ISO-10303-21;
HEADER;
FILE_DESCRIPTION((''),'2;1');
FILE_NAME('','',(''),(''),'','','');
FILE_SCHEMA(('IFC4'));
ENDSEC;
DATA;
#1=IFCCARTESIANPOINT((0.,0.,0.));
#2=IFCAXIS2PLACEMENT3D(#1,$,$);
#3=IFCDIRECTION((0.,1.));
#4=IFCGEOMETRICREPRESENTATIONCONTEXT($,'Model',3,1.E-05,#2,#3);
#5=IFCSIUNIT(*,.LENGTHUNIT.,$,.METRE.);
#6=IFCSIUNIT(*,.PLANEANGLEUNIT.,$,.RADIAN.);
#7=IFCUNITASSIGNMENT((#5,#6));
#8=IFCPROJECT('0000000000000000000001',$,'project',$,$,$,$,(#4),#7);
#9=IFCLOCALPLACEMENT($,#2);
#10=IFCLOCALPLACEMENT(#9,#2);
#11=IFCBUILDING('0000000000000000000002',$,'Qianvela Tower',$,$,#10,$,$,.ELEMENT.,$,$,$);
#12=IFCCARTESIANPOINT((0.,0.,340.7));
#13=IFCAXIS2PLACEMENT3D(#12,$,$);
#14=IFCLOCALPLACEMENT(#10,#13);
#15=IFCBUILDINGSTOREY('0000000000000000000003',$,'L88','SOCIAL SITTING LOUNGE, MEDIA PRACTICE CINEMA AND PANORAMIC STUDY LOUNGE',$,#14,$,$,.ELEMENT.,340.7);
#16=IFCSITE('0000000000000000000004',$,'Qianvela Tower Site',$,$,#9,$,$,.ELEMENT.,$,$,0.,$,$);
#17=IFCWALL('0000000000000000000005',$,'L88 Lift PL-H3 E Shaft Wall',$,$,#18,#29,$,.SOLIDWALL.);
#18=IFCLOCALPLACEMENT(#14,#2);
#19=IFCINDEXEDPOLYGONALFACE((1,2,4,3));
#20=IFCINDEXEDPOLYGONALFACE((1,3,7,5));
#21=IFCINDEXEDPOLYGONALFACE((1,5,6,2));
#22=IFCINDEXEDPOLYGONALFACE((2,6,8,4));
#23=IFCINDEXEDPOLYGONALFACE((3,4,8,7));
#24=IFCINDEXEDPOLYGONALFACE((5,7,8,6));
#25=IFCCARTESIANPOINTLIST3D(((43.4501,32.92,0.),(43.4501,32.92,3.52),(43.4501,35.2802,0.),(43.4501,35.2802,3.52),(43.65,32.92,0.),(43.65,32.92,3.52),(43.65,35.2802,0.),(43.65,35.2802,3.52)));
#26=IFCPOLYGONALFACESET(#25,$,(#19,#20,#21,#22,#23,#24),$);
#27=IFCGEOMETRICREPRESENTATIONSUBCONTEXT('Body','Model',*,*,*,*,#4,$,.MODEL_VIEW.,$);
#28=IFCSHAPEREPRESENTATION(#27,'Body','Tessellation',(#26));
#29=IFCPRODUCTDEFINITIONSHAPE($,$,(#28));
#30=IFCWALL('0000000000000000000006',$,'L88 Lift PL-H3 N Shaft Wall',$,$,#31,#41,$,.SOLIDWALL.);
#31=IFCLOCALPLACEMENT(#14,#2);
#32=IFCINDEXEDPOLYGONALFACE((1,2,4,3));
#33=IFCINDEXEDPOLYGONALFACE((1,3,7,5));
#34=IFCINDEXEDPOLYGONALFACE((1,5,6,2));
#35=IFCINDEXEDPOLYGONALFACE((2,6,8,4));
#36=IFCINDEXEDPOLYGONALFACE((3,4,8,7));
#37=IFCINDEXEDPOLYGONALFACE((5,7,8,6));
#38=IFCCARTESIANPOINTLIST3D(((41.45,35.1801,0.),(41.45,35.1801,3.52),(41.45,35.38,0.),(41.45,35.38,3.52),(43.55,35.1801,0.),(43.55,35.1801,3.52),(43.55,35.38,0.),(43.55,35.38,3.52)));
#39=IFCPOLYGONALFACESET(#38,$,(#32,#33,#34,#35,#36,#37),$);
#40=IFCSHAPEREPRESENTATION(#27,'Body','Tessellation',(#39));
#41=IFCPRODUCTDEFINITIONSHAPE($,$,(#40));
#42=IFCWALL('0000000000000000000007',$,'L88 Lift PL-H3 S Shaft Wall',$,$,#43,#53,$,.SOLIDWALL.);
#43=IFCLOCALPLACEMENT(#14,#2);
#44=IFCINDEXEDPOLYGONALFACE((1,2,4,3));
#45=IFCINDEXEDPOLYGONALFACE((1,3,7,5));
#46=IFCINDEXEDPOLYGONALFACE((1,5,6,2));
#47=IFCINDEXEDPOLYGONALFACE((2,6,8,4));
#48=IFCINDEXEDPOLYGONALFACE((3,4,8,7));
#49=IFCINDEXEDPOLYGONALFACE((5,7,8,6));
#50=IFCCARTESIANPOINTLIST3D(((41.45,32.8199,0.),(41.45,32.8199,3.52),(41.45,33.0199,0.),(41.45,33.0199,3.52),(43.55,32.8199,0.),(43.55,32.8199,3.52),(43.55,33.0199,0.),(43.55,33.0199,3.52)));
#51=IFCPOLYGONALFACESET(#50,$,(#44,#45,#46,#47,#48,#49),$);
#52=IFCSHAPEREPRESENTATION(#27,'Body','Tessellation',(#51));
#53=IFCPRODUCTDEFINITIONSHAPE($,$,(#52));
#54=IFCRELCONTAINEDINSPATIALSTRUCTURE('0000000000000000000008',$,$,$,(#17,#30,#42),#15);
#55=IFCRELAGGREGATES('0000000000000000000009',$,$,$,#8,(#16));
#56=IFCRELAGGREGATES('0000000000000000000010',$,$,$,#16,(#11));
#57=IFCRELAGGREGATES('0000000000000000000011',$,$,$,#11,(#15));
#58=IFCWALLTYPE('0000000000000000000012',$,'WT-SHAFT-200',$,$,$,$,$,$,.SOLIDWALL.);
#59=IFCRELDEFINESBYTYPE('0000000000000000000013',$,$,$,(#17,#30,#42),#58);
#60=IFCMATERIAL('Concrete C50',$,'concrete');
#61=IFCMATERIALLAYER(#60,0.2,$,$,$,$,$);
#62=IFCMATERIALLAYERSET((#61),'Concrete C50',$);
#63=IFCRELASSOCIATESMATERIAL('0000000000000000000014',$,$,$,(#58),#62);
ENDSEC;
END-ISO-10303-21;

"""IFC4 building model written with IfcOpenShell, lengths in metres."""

from ifc_helpers import new_model, si_unit, direction, frame, frame_2d, origin, place, context, subcontext, project, spatial, rectangle, extrude, material, layer, layer_set, type_object, element, save


model = new_model("IFC4")

# Units and contexts
model_context = context("Model", 3, precision=1e-05, world=origin(), true_north=direction((0.0, 1.0)))
body_context = subcontext(model_context, "Body", "Model", "MODEL_VIEW")
ifc_project = project(units=[si_unit("LENGTHUNIT", "METRE"), si_unit("PLANEANGLEUNIT", "RADIAN")], contexts=[model_context])

# Site, building, storey
site_placement = place(None, origin())
site = spatial("IfcSite", under=ifc_project, at=site_placement, Name="Qianvela Tower Site", CompositionType="ELEMENT", RefElevation=0.0)
building_placement = place(site_placement, origin())
building = spatial("IfcBuilding", under=site, at=building_placement, Name="Qianvela Tower", CompositionType="ELEMENT")
storey_placement = place(building_placement, frame((0.0, 0.0, 340.7)))
storey = spatial("IfcBuildingStorey", under=building, at=storey_placement, Name="L88", Description="SOCIAL SITTING LOUNGE, MEDIA PRACTICE CINEMA AND PANORAMIC STUDY LOUNGE", CompositionType="ELEMENT", Elevation=340.7)

# Wall
ifc_material_1 = material(Name="Concrete C50", Category="concrete")
ifc_layer_1 = layer(ifc_material_1, 0.2)
ifc_layer_set_1 = layer_set([ifc_layer_1], Name="Concrete C50")
wall_type_1 = type_object("IfcWallType", Name="WT-SHAFT-200", PredefinedType="SOLIDWALL", material=ifc_layer_set_1)
wall_1_placement = place(storey_placement, frame((43.55, 32.9199, 0.0), z_axis=(0.0, 0.0, 1.0), x_axis=(0.0, 1.0, 0.0)))
element("IfcWall", 1, at=wall_1_placement, inside=storey, type_object=wall_type_1, Name="L88 Lift PL-H3 E Shaft Wall", PredefinedType="SOLIDWALL", context=body_context, shape_type="SweptSolid", body=[
    extrude(rectangle(XDim=2.3601, YDim=0.2, at=frame_2d((1.1802, 0.0))), origin(), (0.0, 0.0, 1.0), 3.52),
])

# Walls
for number, where, z_axis, x_axis, name in (
    (2, (41.45, 35.28, 0.0), (0.0, 0.0, 1.0), (1.0, 0.0, 0.0), "L88 Lift PL-H3 N Shaft Wall"),
    (3, (41.45, 32.9199, 0.0), (0.0, 0.0, 1.0), (1.0, 0.0, 0.0), "L88 Lift PL-H3 S Shaft Wall"),
):
    element("IfcWall", number, at=place(storey_placement, frame(where, z_axis=z_axis, x_axis=x_axis)), inside=storey, type_object=wall_type_1, Name=name, PredefinedType="SOLIDWALL", context=body_context, shape_type="SweptSolid", body=[
        extrude(rectangle(XDim=2.1001, YDim=0.2, at=frame_2d((1.05, 0.0))), origin(), (0.0, 0.0, 1.0), 3.52),
    ])

save(model, "model.ifc")
